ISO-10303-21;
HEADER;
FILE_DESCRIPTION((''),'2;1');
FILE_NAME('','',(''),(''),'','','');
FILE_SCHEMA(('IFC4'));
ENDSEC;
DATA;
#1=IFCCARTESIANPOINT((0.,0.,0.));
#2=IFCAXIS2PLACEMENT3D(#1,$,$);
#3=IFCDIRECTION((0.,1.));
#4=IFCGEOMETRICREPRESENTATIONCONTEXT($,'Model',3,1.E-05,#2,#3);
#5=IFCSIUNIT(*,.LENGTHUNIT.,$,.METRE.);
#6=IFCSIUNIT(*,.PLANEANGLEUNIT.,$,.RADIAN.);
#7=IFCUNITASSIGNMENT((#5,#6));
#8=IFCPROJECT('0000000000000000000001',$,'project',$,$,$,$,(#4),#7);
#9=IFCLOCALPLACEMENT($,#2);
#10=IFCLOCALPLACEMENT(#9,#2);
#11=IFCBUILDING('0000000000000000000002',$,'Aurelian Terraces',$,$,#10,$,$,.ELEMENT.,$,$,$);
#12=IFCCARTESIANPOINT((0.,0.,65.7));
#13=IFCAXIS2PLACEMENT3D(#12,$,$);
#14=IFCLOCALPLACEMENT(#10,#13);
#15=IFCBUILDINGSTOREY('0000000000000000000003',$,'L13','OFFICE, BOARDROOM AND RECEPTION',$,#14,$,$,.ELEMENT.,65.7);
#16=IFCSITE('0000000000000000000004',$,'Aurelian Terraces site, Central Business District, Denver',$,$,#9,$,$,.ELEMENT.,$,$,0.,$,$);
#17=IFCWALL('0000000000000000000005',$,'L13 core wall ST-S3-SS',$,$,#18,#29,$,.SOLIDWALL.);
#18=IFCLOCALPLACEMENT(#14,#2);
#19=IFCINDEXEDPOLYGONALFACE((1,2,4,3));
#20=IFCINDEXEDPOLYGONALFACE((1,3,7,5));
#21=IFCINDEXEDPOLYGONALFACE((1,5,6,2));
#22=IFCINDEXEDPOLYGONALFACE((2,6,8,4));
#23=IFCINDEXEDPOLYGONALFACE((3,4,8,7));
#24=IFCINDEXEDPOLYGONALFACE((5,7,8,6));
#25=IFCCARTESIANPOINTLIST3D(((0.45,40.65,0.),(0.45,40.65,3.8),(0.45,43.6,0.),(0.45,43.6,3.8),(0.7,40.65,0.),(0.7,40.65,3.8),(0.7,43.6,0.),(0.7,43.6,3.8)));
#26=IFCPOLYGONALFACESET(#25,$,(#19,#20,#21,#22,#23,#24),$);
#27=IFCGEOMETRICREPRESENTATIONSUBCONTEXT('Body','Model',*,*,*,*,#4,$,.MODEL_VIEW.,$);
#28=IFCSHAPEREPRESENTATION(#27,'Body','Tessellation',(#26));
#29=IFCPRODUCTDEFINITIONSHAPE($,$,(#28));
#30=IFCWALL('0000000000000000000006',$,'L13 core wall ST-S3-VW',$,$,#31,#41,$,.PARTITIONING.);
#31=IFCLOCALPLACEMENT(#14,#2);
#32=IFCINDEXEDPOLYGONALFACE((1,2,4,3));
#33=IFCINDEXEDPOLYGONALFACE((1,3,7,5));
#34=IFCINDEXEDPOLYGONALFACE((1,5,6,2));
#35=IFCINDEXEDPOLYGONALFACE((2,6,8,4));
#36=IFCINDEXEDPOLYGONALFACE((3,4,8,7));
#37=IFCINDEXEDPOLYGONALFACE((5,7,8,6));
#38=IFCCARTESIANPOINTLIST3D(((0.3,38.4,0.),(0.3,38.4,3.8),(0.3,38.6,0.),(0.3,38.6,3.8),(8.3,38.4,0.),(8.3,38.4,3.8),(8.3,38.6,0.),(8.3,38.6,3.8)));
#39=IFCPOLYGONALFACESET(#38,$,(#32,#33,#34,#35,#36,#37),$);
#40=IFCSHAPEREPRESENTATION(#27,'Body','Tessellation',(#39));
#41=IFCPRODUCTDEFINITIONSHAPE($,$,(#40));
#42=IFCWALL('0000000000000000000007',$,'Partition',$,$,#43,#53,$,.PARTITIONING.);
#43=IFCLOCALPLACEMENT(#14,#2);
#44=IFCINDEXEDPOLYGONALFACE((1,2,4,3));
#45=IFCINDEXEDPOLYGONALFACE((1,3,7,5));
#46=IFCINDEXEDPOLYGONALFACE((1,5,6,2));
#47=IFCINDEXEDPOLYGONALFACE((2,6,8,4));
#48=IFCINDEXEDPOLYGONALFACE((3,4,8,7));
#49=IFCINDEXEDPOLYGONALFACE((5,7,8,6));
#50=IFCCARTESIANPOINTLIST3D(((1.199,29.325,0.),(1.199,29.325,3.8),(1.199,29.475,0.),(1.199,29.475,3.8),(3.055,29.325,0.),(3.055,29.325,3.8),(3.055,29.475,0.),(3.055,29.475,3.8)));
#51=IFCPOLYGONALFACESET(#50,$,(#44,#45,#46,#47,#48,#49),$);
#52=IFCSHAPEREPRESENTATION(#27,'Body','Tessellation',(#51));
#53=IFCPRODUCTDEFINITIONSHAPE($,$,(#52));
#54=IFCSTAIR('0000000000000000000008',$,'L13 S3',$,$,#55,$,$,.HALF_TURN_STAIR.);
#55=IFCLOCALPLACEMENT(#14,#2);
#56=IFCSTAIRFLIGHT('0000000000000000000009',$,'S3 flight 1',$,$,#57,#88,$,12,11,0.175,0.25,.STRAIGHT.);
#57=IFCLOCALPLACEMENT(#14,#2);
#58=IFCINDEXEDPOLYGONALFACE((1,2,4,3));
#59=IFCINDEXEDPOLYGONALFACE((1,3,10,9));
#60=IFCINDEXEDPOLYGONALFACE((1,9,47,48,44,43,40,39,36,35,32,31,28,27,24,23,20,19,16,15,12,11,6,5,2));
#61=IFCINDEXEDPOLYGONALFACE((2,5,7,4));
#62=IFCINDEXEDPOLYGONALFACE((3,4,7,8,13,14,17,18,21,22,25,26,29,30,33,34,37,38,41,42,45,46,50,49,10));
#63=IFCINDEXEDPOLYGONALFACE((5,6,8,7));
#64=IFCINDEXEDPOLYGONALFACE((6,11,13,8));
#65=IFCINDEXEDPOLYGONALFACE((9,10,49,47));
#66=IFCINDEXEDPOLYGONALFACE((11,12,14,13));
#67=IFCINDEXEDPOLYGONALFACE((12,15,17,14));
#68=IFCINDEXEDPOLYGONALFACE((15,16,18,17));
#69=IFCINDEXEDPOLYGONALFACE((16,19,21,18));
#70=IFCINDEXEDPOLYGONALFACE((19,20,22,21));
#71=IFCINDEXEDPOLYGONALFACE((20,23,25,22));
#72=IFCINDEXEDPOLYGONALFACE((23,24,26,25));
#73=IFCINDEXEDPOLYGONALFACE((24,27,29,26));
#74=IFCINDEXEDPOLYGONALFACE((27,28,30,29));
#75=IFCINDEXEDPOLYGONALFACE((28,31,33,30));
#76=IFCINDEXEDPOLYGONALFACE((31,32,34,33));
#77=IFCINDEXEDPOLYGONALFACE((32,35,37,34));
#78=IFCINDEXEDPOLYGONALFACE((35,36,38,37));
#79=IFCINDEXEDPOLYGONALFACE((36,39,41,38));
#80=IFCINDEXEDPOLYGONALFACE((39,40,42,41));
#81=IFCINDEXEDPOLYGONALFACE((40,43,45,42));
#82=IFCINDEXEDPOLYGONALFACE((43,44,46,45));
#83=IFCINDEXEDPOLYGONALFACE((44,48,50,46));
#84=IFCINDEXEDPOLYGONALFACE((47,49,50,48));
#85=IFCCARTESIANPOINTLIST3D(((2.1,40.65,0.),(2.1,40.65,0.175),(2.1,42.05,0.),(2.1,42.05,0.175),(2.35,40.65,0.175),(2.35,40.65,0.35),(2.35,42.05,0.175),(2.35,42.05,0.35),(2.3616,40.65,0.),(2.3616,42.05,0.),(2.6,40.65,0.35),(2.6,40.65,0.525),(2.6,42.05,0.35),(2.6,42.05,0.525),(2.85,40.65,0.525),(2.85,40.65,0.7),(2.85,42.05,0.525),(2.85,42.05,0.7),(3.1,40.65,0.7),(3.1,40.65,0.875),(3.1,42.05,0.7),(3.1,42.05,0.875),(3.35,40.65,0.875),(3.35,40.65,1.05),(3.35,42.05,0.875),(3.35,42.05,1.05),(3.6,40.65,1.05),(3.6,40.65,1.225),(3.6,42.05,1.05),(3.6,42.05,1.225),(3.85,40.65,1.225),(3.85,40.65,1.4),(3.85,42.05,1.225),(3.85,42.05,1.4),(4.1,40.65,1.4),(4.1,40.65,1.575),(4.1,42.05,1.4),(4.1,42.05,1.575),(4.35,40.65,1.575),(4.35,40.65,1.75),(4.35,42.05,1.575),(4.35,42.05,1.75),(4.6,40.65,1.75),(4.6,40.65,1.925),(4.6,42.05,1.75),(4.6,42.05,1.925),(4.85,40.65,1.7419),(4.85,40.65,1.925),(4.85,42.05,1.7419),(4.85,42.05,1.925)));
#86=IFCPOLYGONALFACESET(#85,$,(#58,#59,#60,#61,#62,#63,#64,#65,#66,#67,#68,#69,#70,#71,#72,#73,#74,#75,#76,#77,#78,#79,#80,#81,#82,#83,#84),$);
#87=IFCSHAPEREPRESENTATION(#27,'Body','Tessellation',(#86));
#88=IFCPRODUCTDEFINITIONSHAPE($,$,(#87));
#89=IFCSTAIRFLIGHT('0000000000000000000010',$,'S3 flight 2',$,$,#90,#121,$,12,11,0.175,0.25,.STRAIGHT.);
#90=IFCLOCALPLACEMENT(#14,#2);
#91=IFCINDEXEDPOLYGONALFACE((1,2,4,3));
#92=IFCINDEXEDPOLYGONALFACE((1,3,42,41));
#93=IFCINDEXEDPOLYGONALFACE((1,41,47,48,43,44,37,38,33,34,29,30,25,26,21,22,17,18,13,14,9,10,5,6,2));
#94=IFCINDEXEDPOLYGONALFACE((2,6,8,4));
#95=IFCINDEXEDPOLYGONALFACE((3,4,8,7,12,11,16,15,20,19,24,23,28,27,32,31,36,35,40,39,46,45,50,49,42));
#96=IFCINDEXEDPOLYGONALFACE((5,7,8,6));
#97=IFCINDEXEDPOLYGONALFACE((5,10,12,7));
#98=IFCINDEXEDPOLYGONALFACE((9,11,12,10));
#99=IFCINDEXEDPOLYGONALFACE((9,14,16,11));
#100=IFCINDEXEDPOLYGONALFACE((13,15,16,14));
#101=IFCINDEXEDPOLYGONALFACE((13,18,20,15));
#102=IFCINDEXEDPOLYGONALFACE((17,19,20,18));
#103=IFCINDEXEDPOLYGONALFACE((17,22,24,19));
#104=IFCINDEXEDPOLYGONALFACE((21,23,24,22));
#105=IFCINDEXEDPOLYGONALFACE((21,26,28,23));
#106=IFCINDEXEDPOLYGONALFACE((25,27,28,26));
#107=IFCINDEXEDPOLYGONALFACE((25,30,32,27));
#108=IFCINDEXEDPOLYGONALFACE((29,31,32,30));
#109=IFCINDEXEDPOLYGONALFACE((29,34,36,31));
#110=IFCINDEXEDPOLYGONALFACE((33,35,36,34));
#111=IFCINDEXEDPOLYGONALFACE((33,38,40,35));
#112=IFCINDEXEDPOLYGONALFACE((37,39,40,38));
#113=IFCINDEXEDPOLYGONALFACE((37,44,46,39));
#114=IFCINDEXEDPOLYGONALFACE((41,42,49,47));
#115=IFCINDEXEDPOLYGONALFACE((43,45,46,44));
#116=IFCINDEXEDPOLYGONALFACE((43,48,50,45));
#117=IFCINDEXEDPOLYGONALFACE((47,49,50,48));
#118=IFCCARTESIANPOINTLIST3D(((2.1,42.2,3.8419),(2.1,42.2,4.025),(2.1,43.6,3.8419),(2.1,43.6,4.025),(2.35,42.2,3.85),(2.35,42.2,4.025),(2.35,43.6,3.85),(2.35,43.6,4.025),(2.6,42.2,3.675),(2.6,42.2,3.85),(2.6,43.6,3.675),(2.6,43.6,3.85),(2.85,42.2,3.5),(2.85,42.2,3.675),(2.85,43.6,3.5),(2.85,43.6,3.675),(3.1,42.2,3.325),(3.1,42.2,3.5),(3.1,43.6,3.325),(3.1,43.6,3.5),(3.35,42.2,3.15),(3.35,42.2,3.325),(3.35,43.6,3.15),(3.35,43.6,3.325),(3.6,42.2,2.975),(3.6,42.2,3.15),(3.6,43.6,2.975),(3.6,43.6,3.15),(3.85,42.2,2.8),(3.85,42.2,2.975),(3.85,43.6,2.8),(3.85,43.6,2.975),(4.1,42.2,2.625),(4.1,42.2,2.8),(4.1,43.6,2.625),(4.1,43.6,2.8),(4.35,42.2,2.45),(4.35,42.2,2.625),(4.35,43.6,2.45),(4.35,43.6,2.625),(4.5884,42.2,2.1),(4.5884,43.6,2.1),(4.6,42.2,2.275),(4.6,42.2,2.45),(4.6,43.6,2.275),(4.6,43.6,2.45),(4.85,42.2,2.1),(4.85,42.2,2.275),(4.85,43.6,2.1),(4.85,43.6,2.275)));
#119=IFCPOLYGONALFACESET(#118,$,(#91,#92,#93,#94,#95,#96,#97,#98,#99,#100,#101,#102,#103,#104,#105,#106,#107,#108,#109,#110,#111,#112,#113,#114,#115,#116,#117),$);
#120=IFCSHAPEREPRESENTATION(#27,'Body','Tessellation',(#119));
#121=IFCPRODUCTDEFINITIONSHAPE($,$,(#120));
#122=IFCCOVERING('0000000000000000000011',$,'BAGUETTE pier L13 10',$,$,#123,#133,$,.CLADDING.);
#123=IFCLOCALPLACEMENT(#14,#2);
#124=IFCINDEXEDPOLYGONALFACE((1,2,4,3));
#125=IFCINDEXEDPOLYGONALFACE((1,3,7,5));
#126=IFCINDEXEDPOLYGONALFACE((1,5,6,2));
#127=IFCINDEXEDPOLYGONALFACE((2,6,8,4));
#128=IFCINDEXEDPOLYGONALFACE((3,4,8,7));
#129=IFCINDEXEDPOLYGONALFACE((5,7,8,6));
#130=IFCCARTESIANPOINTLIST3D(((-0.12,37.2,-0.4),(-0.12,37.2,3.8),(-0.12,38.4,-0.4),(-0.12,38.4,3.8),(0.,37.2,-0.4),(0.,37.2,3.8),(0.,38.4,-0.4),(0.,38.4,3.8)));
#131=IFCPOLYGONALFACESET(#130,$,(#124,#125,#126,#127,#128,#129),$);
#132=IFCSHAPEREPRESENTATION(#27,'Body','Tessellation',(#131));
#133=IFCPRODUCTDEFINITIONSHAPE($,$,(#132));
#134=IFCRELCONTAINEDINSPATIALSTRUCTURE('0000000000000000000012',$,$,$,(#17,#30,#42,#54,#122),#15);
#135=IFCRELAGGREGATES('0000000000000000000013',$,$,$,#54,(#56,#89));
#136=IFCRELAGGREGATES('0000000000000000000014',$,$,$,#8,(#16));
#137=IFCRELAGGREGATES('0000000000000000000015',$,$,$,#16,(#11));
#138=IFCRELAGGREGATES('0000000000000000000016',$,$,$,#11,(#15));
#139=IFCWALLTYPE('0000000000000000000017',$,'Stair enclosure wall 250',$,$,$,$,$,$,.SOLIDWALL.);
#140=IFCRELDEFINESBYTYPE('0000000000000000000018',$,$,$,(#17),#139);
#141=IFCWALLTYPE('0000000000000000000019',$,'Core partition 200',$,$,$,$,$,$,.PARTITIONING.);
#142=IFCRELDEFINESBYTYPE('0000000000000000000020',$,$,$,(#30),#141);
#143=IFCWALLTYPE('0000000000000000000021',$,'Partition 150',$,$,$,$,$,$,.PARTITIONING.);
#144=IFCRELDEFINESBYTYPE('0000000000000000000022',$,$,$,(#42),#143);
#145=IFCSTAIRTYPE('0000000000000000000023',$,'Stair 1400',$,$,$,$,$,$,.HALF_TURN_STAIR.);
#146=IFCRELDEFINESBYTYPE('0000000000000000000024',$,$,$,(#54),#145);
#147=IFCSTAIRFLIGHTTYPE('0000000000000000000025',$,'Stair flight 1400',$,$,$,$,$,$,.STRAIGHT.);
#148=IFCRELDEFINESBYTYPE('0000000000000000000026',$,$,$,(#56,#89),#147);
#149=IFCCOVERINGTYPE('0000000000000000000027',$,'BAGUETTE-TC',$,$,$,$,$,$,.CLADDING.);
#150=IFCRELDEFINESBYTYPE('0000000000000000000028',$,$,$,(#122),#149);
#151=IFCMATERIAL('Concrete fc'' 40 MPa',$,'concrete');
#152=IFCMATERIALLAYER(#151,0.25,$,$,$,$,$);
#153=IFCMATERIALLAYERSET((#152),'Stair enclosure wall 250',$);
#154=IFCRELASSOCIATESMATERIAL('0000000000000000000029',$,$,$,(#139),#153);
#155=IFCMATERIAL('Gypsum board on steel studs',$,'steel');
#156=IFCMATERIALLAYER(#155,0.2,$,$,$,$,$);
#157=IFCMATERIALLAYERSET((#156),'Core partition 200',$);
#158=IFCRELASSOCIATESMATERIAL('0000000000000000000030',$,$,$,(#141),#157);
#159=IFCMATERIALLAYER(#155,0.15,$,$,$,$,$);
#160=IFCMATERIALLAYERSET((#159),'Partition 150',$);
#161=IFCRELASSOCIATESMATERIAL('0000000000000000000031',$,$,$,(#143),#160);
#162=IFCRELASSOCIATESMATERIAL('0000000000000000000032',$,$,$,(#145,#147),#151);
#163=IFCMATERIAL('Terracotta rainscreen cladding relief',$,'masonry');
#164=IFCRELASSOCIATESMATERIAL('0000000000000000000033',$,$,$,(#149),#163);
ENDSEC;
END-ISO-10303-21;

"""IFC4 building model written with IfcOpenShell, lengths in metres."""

from ifc_helpers import new_model, si_unit, direction, frame, frame_2d, origin, origin_2d, place, context, subcontext, project, spatial, polyline, rectangle, outline, extrude, source, transform, mapped, material, layer, layer_set, type_object, element, aggregate, save


model = new_model("IFC4")

# Units and contexts
model_context = context("Model", 3, precision=1e-05, world=origin(), true_north=direction((0.0, 1.0)))
body_context = subcontext(model_context, "Body", "Model", "MODEL_VIEW")
ifc_project = project(units=[si_unit("LENGTHUNIT", "METRE"), si_unit("PLANEANGLEUNIT", "RADIAN")], contexts=[model_context])

# Site, building, storey
site_placement = place(None, origin())
site = spatial("IfcSite", under=ifc_project, at=site_placement, Name="Aurelian Terraces site, Central Business District, Denver", CompositionType="ELEMENT", RefElevation=0.0)
building_placement = place(site_placement, origin())
building = spatial("IfcBuilding", under=site, at=building_placement, Name="Aurelian Terraces", CompositionType="ELEMENT")
storey_placement = place(building_placement, frame((0.0, 0.0, 65.7)))
storey = spatial("IfcBuildingStorey", under=building, at=storey_placement, Name="L13", Description="OFFICE, BOARDROOM AND RECEPTION", CompositionType="ELEMENT", Elevation=65.7)

# Shared definitions
ifc_material_1 = material(Name="Concrete fc' 40 MPa", Category="concrete")

# Shared definitions
ifc_layer_1 = layer(ifc_material_1, 0.25)
ifc_layer_set_1 = layer_set([ifc_layer_1], Name="Stair enclosure wall 250")
wall_type_1 = type_object("IfcWallType", Name="Stair enclosure wall 250", PredefinedType="SOLIDWALL", material=ifc_layer_set_1)

# Walls
shared_shape_1 = source(origin(), body_context, "Body", "SweptSolid", [
    extrude(rectangle(XDim=2.95, YDim=0.25, at=frame_2d((1.475, 0.0))), origin(), (0.0, 0.0, 1.0), 3.8),
])
wall_1_placement = place(storey_placement, frame((0.575, 40.65, 0.0), z_axis=(0.0, 0.0, 1.0), x_axis=(0.0, 1.0, 0.0)))
element("IfcWall", 1, at=wall_1_placement, inside=storey, type_object=wall_type_1, Name="L13 core wall ST-S3-SS", PredefinedType="SOLIDWALL", context=body_context, shape_type="MappedRepresentation", body=[
    mapped(shared_shape_1, transform((0.0, 0.0, 0.0), scale=1.0)),
])
ifc_material_2 = material(Name="Gypsum board on steel studs", Category="steel")
ifc_layer_2 = layer(ifc_material_2, 0.2)
ifc_layer_set_2 = layer_set([ifc_layer_2], Name="Core partition 200")
wall_type_2 = type_object("IfcWallType", Name="Core partition 200", PredefinedType="PARTITIONING", material=ifc_layer_set_2)
shared_shape_2 = source(origin(), body_context, "Body", "SweptSolid", [
    extrude(rectangle(XDim=8.0, YDim=0.2, at=frame_2d((4.0, 0.0))), origin(), (0.0, 0.0, 1.0), 3.8),
])
wall_2_placement = place(storey_placement, frame((0.3, 38.5, 0.0), z_axis=(0.0, 0.0, 1.0), x_axis=(1.0, 0.0, 0.0)))
element("IfcWall", 2, at=wall_2_placement, inside=storey, type_object=wall_type_2, Name="L13 core wall ST-S3-VW", PredefinedType="PARTITIONING", context=body_context, shape_type="MappedRepresentation", body=[
    mapped(shared_shape_2, transform((0.0, 0.0, 0.0), scale=1.0)),
])
ifc_layer_3 = layer(ifc_material_2, 0.15)
ifc_layer_set_3 = layer_set([ifc_layer_3], Name="Partition 150")
wall_type_3 = type_object("IfcWallType", Name="Partition 150", PredefinedType="PARTITIONING", material=ifc_layer_set_3)
shared_shape_3 = source(origin(), body_context, "Body", "SweptSolid", [
    extrude(rectangle(XDim=1.856, YDim=0.15, at=frame_2d((0.928, 0.0))), origin(), (0.0, 0.0, 1.0), 3.8),
])
wall_3_placement = place(storey_placement, frame((3.055, 29.4, 0.0), z_axis=(0.0, 0.0, 1.0), x_axis=(-1.0, 0.0, 0.0)))
element("IfcWall", 3, at=wall_3_placement, inside=storey, type_object=wall_type_3, Name="Partition", PredefinedType="PARTITIONING", context=body_context, shape_type="MappedRepresentation", body=[
    mapped(shared_shape_3, transform((0.0, 0.0, 0.0), scale=1.0)),
])

# Stair, stair flights
stair_type = type_object("IfcStairType", Name="Stair 1400", PredefinedType="HALF_TURN_STAIR", material=ifc_material_1)
stair_placement = place(storey_placement, origin())
stair = element("IfcStair", 4, at=stair_placement, inside=storey, type_object=stair_type, Name="L13 S3", PredefinedType="HALF_TURN_STAIR")
stair_flight_type = type_object("IfcStairFlightType", Name="Stair flight 1400", PredefinedType="STRAIGHT", material=ifc_material_1)
shared_shape_4 = source(origin(), body_context, "Body", "SweptSolid", [
    extrude(outline(polyline([(0.0, 0.0), (0.0, 0.175), (0.25, 0.175), (0.25, 0.35), (0.5, 0.35), (0.5, 0.525), (0.75, 0.525), (0.75, 0.7), (1.0, 0.7), (1.0, 0.875), (1.25, 0.875), (1.25, 1.05), (1.5, 1.05), (1.5, 1.225), (1.75, 1.225), (1.75, 1.4), (2.0, 1.4), (2.0, 1.575), (2.25, 1.575), (2.25, 1.75), (2.5, 1.75), (2.5, 1.925), (2.75, 1.925), (2.75, 2.1), (2.75, 1.7419), (0.2616, 0.0), (0.0, 0.0)])), frame((0.0, 0.7, 0.0), z_axis=(0.0, -1.0, 0.0), x_axis=(1.0, 0.0, 0.0)), (0.0, 0.0, 1.0), 1.4),
])
stair_flight_1_placement = place(storey_placement, frame((2.1, 41.35, 0.0), z_axis=(0.0, 0.0, 1.0), x_axis=(1.0, 0.0, 0.0)))
stair_flight_1 = element("IfcStairFlight", 5, at=stair_flight_1_placement, type_object=stair_flight_type, Name="S3 flight 1", NumberOfRisers=12, NumberOfTreads=11, PredefinedType="STRAIGHT", RiserHeight=0.175, TreadLength=0.25, context=body_context, shape_type="MappedRepresentation", body=[
    mapped(shared_shape_4, transform((0.0, 0.0, 0.0), scale=1.0)),
])
stair_flight_2_placement = place(storey_placement, frame((4.85, 42.9, 2.1), z_axis=(0.0, 0.0, 1.0), x_axis=(-1.0, 0.0, 0.0)))
stair_flight_2 = element("IfcStairFlight", 6, at=stair_flight_2_placement, type_object=stair_flight_type, Name="S3 flight 2", NumberOfRisers=12, NumberOfTreads=11, PredefinedType="STRAIGHT", RiserHeight=0.175, TreadLength=0.25, context=body_context, shape_type="MappedRepresentation", body=[
    mapped(shared_shape_4, transform((0.0, 0.0, 0.0), scale=1.0)),
])
aggregate(stair, [stair_flight_1, stair_flight_2])

# Covering
ifc_material_3 = material(Name="Terracotta rainscreen cladding relief", Category="masonry")
covering_type = type_object("IfcCoveringType", Name="BAGUETTE-TC", PredefinedType="CLADDING", material=ifc_material_3)
shared_shape_5 = source(origin(), body_context, "Body", "SweptSolid", [
    extrude(rectangle(XDim=0.12, YDim=1.2, at=origin_2d()), origin(), (0.0, 0.0, 1.0), 4.2),
])
covering_placement = place(storey_placement, frame((-0.06, 37.8, -0.4), z_axis=(0.0, 0.0, 1.0), x_axis=(1.0, 0.0, 0.0)))
element("IfcCovering", 7, at=covering_placement, inside=storey, type_object=covering_type, Name="BAGUETTE pier L13 10", PredefinedType="CLADDING", context=body_context, shape_type="MappedRepresentation", body=[
    mapped(shared_shape_5, transform((0.0, 0.0, 0.0), scale=1.0)),
])

save(model, "model.ifc")
